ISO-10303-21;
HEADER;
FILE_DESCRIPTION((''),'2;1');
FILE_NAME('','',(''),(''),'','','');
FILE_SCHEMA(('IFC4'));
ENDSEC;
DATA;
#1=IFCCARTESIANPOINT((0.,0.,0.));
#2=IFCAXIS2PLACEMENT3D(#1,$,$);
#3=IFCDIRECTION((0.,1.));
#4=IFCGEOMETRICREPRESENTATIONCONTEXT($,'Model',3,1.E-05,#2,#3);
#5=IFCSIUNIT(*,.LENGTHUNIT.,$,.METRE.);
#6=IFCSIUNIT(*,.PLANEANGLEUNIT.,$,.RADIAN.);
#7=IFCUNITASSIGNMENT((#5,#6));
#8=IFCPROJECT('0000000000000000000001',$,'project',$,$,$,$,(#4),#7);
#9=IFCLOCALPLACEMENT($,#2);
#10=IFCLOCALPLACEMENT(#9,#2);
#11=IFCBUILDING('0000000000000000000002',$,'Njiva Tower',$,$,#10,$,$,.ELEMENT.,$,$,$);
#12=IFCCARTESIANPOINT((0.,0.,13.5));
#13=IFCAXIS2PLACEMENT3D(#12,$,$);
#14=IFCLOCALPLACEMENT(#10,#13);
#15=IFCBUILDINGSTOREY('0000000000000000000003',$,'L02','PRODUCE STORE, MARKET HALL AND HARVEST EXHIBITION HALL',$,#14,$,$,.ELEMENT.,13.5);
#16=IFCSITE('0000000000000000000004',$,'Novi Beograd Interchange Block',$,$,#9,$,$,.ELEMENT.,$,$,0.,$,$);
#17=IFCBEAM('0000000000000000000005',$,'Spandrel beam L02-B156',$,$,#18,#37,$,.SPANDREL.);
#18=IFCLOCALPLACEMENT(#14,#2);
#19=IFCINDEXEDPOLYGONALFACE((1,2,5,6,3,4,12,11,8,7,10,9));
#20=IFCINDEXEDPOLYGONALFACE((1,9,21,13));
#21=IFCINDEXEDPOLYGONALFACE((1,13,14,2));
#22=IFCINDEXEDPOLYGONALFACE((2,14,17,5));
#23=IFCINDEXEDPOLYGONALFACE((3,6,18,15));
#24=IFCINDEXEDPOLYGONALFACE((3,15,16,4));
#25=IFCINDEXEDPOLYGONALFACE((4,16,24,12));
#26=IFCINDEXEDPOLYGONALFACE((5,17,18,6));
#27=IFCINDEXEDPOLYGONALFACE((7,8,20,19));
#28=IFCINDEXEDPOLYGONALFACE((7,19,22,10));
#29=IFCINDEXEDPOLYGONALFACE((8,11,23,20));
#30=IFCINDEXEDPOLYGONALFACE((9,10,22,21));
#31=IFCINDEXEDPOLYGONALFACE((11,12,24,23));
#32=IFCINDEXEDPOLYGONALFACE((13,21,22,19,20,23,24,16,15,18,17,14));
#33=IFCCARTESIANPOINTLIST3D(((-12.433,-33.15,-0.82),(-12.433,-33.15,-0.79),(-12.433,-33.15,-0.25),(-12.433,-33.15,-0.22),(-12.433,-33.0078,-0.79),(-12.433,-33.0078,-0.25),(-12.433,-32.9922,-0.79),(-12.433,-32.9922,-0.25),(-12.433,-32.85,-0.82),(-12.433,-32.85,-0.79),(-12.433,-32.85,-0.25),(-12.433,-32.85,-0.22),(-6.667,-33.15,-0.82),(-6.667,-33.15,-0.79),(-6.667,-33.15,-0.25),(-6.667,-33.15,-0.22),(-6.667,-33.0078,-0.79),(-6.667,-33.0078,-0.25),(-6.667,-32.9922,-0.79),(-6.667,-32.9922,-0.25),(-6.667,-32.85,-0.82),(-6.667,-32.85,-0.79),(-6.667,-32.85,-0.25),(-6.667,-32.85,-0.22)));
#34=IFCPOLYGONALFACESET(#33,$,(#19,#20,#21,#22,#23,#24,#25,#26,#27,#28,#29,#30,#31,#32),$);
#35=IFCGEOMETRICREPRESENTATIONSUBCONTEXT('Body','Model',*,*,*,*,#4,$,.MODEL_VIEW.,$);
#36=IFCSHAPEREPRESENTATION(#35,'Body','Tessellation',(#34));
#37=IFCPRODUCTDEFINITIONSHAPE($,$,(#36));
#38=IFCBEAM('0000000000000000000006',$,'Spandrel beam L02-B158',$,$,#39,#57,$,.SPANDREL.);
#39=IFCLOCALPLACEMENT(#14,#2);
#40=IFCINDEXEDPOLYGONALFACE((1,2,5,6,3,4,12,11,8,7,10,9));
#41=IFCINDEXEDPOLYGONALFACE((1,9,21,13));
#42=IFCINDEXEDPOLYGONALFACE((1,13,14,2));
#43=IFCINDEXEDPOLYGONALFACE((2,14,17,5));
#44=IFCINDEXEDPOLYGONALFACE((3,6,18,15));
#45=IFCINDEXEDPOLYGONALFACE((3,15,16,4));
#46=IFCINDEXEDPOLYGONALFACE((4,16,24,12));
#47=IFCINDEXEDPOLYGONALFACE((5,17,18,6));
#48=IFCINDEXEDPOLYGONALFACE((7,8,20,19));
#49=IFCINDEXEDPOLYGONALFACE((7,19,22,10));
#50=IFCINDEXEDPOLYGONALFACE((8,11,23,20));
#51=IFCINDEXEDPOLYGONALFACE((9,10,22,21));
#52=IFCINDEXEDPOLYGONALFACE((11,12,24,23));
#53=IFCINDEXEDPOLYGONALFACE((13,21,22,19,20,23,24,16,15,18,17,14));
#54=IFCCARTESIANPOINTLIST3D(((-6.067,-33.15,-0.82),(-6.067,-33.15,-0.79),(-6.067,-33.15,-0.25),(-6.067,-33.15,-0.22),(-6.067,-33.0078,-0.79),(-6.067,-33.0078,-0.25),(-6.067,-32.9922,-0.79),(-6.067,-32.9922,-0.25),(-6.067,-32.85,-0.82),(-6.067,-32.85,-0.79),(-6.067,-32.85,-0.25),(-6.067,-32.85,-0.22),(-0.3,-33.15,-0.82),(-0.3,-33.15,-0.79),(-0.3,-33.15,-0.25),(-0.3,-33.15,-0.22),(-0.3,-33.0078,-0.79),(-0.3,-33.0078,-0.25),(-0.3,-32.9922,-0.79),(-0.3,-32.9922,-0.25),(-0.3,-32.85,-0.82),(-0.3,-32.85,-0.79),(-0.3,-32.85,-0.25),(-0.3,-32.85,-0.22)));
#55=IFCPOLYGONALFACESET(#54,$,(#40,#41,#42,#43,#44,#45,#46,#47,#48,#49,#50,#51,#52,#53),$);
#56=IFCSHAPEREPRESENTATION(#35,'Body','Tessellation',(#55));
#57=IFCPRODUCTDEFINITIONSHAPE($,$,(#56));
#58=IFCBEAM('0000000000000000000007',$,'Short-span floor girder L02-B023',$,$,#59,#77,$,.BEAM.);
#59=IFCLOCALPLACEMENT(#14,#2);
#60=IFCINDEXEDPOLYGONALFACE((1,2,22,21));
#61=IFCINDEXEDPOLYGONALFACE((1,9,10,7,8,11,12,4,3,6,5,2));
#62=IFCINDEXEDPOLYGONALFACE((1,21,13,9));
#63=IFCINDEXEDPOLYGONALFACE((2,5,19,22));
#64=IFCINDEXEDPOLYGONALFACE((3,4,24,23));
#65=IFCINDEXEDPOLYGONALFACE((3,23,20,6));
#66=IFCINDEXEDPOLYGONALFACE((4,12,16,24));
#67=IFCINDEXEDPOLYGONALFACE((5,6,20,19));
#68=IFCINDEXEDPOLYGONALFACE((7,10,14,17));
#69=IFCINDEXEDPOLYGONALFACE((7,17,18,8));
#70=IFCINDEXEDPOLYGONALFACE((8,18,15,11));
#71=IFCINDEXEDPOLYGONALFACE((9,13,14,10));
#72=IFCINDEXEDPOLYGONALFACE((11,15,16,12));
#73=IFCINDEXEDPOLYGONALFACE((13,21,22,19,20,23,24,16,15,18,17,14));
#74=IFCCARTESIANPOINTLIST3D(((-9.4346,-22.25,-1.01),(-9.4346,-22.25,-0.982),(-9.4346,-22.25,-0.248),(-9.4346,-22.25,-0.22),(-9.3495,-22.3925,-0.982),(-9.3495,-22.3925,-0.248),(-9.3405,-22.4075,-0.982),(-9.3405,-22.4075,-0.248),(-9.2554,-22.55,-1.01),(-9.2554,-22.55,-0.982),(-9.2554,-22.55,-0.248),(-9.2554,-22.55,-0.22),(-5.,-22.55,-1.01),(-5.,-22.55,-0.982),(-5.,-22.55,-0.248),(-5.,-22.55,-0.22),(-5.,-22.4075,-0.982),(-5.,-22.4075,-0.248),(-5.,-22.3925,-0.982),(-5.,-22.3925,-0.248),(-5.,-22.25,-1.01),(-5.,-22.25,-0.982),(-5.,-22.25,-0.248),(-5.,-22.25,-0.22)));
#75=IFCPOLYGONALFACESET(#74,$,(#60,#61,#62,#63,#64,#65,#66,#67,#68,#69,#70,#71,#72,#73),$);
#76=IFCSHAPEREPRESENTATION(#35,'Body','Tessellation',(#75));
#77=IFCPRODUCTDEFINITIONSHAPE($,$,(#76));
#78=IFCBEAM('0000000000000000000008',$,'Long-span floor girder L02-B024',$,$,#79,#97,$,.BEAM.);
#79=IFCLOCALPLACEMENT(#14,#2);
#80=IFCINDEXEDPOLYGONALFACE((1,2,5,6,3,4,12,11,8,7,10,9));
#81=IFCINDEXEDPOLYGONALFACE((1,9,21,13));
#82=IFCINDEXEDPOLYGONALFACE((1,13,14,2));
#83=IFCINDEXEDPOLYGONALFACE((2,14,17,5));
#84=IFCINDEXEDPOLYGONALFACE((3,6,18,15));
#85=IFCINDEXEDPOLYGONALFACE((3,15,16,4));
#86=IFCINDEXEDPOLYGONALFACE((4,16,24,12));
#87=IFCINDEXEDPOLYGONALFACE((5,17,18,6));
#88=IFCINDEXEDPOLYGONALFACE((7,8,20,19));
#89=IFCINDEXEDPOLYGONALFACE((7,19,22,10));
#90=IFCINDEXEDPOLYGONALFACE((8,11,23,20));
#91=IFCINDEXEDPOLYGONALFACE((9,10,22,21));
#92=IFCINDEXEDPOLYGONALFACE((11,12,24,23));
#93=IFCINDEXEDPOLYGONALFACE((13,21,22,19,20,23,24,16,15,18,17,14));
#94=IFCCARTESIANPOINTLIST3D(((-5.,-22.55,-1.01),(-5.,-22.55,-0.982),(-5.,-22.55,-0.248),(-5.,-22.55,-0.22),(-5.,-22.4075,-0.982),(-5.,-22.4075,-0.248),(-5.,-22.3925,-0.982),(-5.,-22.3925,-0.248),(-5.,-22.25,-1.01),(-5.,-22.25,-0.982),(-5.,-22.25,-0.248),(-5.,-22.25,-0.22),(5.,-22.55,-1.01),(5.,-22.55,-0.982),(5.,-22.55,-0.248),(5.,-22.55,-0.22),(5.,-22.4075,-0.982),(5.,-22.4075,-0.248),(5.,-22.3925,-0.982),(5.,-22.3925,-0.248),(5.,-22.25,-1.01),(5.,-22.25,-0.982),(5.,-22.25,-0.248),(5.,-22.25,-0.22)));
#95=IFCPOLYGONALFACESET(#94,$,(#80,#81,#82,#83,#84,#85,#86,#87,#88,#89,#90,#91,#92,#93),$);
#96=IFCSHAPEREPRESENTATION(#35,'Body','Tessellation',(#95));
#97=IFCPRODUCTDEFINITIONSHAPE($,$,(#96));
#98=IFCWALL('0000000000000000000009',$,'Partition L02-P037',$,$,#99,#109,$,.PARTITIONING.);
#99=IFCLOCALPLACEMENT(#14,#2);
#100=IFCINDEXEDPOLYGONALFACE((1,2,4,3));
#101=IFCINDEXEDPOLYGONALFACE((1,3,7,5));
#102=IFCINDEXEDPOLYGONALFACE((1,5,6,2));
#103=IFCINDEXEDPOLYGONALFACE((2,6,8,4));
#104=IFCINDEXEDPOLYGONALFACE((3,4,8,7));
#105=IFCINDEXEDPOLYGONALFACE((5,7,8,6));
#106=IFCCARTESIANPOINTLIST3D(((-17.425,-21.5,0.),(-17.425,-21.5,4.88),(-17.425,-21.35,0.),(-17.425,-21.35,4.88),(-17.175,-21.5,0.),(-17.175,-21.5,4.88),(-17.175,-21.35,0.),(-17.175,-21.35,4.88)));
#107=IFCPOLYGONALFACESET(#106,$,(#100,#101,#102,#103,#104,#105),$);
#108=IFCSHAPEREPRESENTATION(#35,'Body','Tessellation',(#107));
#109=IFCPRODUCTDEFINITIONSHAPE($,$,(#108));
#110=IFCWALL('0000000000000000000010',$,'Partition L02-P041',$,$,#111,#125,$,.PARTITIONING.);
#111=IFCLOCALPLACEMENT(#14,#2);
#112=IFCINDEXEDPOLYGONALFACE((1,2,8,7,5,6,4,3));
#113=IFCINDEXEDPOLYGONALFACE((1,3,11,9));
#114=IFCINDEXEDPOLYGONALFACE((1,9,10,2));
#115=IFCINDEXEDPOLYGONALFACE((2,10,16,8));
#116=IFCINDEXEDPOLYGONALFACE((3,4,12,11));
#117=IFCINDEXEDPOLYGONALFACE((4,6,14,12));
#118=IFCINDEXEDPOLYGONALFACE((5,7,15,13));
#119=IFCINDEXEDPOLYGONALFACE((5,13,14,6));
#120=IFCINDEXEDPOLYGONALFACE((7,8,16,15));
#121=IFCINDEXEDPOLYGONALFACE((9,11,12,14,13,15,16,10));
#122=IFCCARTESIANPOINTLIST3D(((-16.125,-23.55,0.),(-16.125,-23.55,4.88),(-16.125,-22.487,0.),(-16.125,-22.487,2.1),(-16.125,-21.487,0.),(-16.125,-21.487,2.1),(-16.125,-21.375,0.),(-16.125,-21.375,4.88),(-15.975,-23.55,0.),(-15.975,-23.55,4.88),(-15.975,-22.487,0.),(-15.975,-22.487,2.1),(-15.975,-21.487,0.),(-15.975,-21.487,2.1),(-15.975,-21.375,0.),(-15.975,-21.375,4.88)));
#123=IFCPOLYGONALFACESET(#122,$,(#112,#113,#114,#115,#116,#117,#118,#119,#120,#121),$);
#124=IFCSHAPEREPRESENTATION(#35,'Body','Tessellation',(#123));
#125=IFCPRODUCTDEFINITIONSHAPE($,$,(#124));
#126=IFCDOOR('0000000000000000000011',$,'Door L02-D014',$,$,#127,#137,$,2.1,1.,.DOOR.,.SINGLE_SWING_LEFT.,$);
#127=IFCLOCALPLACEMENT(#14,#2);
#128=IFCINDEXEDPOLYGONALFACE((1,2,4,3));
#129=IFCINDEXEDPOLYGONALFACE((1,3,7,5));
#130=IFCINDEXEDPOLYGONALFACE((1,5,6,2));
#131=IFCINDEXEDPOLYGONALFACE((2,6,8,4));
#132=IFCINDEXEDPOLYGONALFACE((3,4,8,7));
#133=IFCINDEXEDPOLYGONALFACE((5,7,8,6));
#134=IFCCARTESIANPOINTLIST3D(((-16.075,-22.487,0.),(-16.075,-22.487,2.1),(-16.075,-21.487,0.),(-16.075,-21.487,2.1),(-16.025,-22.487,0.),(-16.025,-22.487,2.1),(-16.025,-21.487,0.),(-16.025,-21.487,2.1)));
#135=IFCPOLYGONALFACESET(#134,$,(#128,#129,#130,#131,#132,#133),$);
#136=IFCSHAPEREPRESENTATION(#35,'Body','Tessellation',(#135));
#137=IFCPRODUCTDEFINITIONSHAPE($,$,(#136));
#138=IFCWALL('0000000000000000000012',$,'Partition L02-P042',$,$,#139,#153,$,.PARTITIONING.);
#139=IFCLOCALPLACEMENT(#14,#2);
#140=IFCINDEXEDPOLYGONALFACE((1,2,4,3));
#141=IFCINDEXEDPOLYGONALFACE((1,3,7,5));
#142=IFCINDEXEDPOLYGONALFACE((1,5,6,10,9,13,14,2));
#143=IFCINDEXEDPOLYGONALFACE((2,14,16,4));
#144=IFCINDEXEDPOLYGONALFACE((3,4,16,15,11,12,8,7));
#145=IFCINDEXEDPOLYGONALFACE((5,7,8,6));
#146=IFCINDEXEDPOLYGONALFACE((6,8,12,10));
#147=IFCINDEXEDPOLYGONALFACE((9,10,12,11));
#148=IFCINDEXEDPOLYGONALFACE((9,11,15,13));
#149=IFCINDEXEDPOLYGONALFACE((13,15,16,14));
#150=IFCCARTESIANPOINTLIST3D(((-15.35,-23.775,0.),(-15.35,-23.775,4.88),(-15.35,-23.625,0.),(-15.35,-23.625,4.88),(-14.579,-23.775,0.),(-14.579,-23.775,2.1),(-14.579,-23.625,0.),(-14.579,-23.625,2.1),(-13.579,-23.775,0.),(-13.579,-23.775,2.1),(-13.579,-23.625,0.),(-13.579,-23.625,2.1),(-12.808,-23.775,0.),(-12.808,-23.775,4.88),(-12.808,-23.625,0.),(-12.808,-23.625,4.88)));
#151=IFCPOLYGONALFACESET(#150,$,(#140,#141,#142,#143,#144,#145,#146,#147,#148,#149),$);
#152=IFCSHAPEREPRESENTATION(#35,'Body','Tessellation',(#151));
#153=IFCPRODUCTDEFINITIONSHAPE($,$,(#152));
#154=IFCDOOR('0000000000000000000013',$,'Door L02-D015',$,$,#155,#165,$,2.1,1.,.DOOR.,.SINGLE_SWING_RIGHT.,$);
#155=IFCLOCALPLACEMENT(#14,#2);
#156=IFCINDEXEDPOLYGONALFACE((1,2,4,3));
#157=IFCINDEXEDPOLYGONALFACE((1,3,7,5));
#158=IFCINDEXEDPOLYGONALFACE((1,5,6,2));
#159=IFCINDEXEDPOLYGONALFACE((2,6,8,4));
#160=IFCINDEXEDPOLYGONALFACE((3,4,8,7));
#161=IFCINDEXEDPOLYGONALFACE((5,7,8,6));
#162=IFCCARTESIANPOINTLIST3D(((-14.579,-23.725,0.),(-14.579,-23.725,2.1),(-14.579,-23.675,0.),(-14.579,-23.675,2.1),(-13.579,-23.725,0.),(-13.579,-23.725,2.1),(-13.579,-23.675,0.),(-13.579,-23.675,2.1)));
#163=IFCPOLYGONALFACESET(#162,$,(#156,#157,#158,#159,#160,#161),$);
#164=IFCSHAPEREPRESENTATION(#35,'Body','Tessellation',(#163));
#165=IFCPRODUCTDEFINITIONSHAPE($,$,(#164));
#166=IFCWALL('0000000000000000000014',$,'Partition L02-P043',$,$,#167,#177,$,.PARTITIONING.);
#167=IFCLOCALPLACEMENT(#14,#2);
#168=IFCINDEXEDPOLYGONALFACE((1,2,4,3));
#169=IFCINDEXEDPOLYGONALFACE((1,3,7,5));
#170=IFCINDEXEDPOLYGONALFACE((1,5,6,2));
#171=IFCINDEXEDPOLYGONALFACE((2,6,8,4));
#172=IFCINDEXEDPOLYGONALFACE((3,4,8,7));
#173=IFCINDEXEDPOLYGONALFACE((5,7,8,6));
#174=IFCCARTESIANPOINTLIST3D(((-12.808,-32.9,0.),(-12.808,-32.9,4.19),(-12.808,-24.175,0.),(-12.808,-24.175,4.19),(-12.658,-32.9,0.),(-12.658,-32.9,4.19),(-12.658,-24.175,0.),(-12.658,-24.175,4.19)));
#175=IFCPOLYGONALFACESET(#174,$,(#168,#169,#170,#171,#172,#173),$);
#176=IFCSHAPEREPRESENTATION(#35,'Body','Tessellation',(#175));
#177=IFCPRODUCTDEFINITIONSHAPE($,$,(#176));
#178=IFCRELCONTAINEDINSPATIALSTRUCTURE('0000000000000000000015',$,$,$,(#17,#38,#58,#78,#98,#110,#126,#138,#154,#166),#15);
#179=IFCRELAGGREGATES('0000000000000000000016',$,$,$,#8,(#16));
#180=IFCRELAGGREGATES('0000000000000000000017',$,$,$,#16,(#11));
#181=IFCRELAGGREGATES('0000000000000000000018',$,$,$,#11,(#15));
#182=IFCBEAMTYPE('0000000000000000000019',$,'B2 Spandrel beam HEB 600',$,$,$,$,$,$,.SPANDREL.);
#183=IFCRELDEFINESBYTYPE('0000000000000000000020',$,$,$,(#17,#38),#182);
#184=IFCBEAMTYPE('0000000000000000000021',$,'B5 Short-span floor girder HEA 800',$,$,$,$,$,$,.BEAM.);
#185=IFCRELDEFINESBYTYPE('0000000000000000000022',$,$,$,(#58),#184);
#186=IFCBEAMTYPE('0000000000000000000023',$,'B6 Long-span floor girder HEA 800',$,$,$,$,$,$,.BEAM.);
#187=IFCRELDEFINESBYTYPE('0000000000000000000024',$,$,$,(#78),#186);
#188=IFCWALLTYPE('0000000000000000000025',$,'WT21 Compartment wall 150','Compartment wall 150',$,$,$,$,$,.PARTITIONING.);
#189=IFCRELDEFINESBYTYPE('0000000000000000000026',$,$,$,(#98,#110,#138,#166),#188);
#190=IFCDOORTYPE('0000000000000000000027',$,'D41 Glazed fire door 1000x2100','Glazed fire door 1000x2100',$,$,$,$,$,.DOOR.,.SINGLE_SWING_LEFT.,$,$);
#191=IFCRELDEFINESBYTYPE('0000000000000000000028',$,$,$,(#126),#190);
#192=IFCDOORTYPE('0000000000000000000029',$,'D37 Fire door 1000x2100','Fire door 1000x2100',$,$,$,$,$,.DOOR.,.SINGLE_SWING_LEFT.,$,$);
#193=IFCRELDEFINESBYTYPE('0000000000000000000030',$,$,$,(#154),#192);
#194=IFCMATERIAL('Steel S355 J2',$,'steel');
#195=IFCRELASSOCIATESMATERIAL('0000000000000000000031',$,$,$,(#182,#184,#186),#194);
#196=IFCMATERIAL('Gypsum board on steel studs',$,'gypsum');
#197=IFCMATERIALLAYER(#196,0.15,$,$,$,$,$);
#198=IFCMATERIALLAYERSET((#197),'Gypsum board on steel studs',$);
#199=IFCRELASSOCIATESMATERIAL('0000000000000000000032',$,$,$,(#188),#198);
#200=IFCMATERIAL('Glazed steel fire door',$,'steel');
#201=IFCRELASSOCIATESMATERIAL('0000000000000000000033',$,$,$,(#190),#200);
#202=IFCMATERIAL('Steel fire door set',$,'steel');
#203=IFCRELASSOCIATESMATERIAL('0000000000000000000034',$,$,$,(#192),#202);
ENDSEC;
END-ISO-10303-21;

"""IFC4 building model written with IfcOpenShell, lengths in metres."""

from ifc_helpers import new_model, si_unit, direction, frame, frame_2d, origin, origin_2d, place, context, subcontext, project, spatial, rectangle, i_section, extrude, clip, halfspace, material, layer, layer_set, material_profile, profile_set, type_object, element, fill, save


model = new_model("IFC4")

# Units and contexts
model_context = context("Model", 3, precision=1e-05, world=origin(), true_north=direction((0.0, 1.0)))
body_context = subcontext(model_context, "Body", "Model", "MODEL_VIEW")
ifc_project = project(units=[si_unit("LENGTHUNIT", "METRE"), si_unit("PLANEANGLEUNIT", "RADIAN")], contexts=[model_context])

# Site, building, storey
site_placement = place(None, origin())
site = spatial("IfcSite", under=ifc_project, at=site_placement, Name="Novi Beograd Interchange Block", CompositionType="ELEMENT", RefElevation=0.0)
building_placement = place(site_placement, origin())
building = spatial("IfcBuilding", under=site, at=building_placement, Name="Njiva Tower", CompositionType="ELEMENT")
storey_placement = place(building_placement, frame((0.0, 0.0, 13.5)))
storey = spatial("IfcBuildingStorey", under=building, at=storey_placement, Name="L02", Description="PRODUCE STORE, MARKET HALL AND HARVEST EXHIBITION HALL", CompositionType="ELEMENT", Elevation=13.5)

# Shared definitions
ifc_material_1 = material(Name="Steel S355 J2", Category="steel")

# Beams
ifc_material_profile_1 = material_profile(ifc_material_1, i_section(OverallWidth=0.3, OverallDepth=0.6, WebThickness=0.0155, FlangeThickness=0.03, at=origin_2d()), Name="HEB 600")
ifc_profile_set_1 = profile_set([ifc_material_profile_1], Name="Steel S355 J2")
beam_type_1 = type_object("IfcBeamType", Name="B2 Spandrel beam HEB 600", PredefinedType="SPANDREL", material=ifc_profile_set_1)
beam_1_placement = place(storey_placement, frame((-12.433, -33.0, -0.52), z_axis=(1.0, 0.0, 0.0), x_axis=(0.0, 1.0, 0.0)))
element("IfcBeam", 1, at=beam_1_placement, inside=storey, type_object=beam_type_1, Name="Spandrel beam L02-B156", PredefinedType="SPANDREL", context=body_context, shape_type="SweptSolid", body=[
    extrude(i_section(OverallWidth=0.3, OverallDepth=0.6, WebThickness=0.0155, FlangeThickness=0.03, at=origin_2d()), origin(), (0.0, 0.0, 1.0), 5.766),
])
beam_2_placement = place(storey_placement, frame((-6.067, -33.0, -0.52), z_axis=(1.0, 0.0, 0.0), x_axis=(0.0, 1.0, 0.0)))
element("IfcBeam", 2, at=beam_2_placement, inside=storey, type_object=beam_type_1, Name="Spandrel beam L02-B158", PredefinedType="SPANDREL", context=body_context, shape_type="SweptSolid", body=[
    extrude(i_section(OverallWidth=0.3, OverallDepth=0.6, WebThickness=0.0155, FlangeThickness=0.03, at=origin_2d()), origin(), (0.0, 0.0, 1.0), 5.767),
])
ifc_material_profile_2 = material_profile(ifc_material_1, i_section(OverallWidth=0.3, OverallDepth=0.79, WebThickness=0.015, FlangeThickness=0.028, at=origin_2d()), Name="HEA 800")
ifc_profile_set_2 = profile_set([ifc_material_profile_2], Name="Steel S355 J2")
beam_type_2 = type_object("IfcBeamType", Name="B5 Short-span floor girder HEA 800", PredefinedType="BEAM", material=ifc_profile_set_2)
beam_3_placement = place(storey_placement, frame((-9.455, -22.4, -0.615), z_axis=(1.0, 0.0, 0.0), x_axis=(0.0, 1.0, 0.0)))
element("IfcBeam", 3, at=beam_3_placement, inside=storey, type_object=beam_type_2, Name="Short-span floor girder L02-B023", PredefinedType="BEAM", context=body_context, shape_type="Clipping", body=[
    clip(extrude(i_section(OverallWidth=0.3, OverallDepth=0.79, WebThickness=0.015, FlangeThickness=0.028, at=origin_2d()), origin(), (0.0, 0.0, 1.0), 4.455), halfspace(frame((-0.0256, 0.0, 0.1253), z_axis=(-0.512842, 0.0, -0.858483), x_axis=(0.0, -1.0, 0.0)), False)),
])
ifc_material_profile_3 = material_profile(ifc_material_1, i_section(OverallWidth=0.3, OverallDepth=0.79, WebThickness=0.015, FlangeThickness=0.028, at=origin_2d()), Name="HEA 800")
ifc_profile_set_3 = profile_set([ifc_material_profile_3], Name="Steel S355 J2")
beam_type_3 = type_object("IfcBeamType", Name="B6 Long-span floor girder HEA 800", PredefinedType="BEAM", material=ifc_profile_set_3)
beam_4_placement = place(storey_placement, frame((-5.0, -22.4, -0.615), z_axis=(1.0, 0.0, 0.0), x_axis=(0.0, 1.0, 0.0)))
element("IfcBeam", 4, at=beam_4_placement, inside=storey, type_object=beam_type_3, Name="Long-span floor girder L02-B024", PredefinedType="BEAM", context=body_context, shape_type="SweptSolid", body=[
    extrude(i_section(OverallWidth=0.3, OverallDepth=0.79, WebThickness=0.015, FlangeThickness=0.028, at=origin_2d()), origin(), (0.0, 0.0, 1.0), 10.0),
])

# Wall
ifc_material_2 = material(Name="Gypsum board on steel studs", Category="gypsum")
ifc_layer_1 = layer(ifc_material_2, 0.15)
ifc_layer_set_1 = layer_set([ifc_layer_1], Name="Gypsum board on steel studs")
wall_type_1 = type_object("IfcWallType", Name="WT21 Compartment wall 150", Description="Compartment wall 150", PredefinedType="PARTITIONING", material=ifc_layer_set_1)
wall_1_placement = place(storey_placement, frame((-17.425, -21.425, 0.0), z_axis=(0.0, 0.0, 1.0), x_axis=(1.0, 0.0, 0.0)))
element("IfcWall", 5, at=wall_1_placement, inside=storey, type_object=wall_type_1, Name="Partition L02-P037", PredefinedType="PARTITIONING", context=body_context, shape_type="SweptSolid", body=[
    extrude(rectangle(XDim=0.25, YDim=0.15, at=frame_2d((0.125, 0.0))), origin(), (0.0, 0.0, 1.0), 4.88),
])

# Walls, openings, doors
wall_2_placement = place(storey_placement, frame((-16.05, -23.55, 0.0), z_axis=(0.0, 0.0, 1.0), x_axis=(0.0, 1.0, 0.0)))
wall_2 = element("IfcWall", 6, at=wall_2_placement, inside=storey, type_object=wall_type_1, Name="Partition L02-P041", PredefinedType="PARTITIONING", context=body_context, shape_type="SweptSolid", body=[
    extrude(rectangle(XDim=2.175, YDim=0.15, at=frame_2d((1.0875, 0.0))), origin(), (0.0, 0.0, 1.0), 4.88),
])
opening_1_placement = place(wall_2_placement, frame((1.063, 0.0, 0.0)))
opening_1 = element("IfcOpeningElement", 7, at=opening_1_placement, cuts=wall_2, PredefinedType="OPENING", context=body_context, shape_type="SweptSolid", body=[
    extrude(rectangle(XDim=1.0, YDim=2.1, at=frame_2d((0.5, 1.05))), frame((0.0, 0.085, 0.0), z_axis=(0.0, -1.0, 0.0), x_axis=(1.0, 0.0, 0.0)), (0.0, 0.0, 1.0), 0.17),
])
ifc_material_3 = material(Name="Glazed steel fire door", Category="steel")
door_type_1 = type_object("IfcDoorType", Name="D41 Glazed fire door 1000x2100", Description="Glazed fire door 1000x2100", OperationType="SINGLE_SWING_LEFT", PredefinedType="DOOR", material=ifc_material_3)
door_1_placement = place(opening_1_placement, origin())
door_1 = element("IfcDoor", 8, at=door_1_placement, inside=storey, type_object=door_type_1, Name="Door L02-D014", OperationType="SINGLE_SWING_LEFT", OverallHeight=2.1, OverallWidth=1.0, PredefinedType="DOOR", context=body_context, shape_type="SweptSolid", body=[
    extrude(rectangle(XDim=1.0, YDim=2.1, at=frame_2d((0.5, 1.05))), frame((0.0, 0.025, 0.0), z_axis=(0.0, -1.0, 0.0), x_axis=(1.0, 0.0, 0.0)), (0.0, 0.0, 1.0), 0.05),
])
fill(opening_1, door_1)
wall_3_placement = place(storey_placement, frame((-15.35, -23.7, 0.0), z_axis=(0.0, 0.0, 1.0), x_axis=(1.0, 0.0, 0.0)))
wall_3 = element("IfcWall", 9, at=wall_3_placement, inside=storey, type_object=wall_type_1, Name="Partition L02-P042", PredefinedType="PARTITIONING", context=body_context, shape_type="SweptSolid", body=[
    extrude(rectangle(XDim=2.542, YDim=0.15, at=frame_2d((1.271, 0.0))), origin(), (0.0, 0.0, 1.0), 4.88),
])
opening_2_placement = place(wall_3_placement, frame((0.771, 0.0, 0.0)))
opening_2 = element("IfcOpeningElement", 10, at=opening_2_placement, cuts=wall_3, PredefinedType="OPENING", context=body_context, shape_type="SweptSolid", body=[
    extrude(rectangle(XDim=1.0, YDim=2.1, at=frame_2d((0.5, 1.05))), frame((0.0, 0.085, 0.0), z_axis=(0.0, -1.0, 0.0), x_axis=(1.0, 0.0, 0.0)), (0.0, 0.0, 1.0), 0.17),
])
ifc_material_4 = material(Name="Steel fire door set", Category="steel")
door_type_2 = type_object("IfcDoorType", Name="D37 Fire door 1000x2100", Description="Fire door 1000x2100", OperationType="SINGLE_SWING_LEFT", PredefinedType="DOOR", material=ifc_material_4)
door_2_placement = place(opening_2_placement, origin())
door_2 = element("IfcDoor", 11, at=door_2_placement, inside=storey, type_object=door_type_2, Name="Door L02-D015", OperationType="SINGLE_SWING_RIGHT", OverallHeight=2.1, OverallWidth=1.0, PredefinedType="DOOR", context=body_context, shape_type="SweptSolid", body=[
    extrude(rectangle(XDim=1.0, YDim=2.1, at=frame_2d((0.5, 1.05))), frame((0.0, 0.025, 0.0), z_axis=(0.0, -1.0, 0.0), x_axis=(1.0, 0.0, 0.0)), (0.0, 0.0, 1.0), 0.05),
])
fill(opening_2, door_2)

# Wall
wall_4_placement = place(storey_placement, frame((-12.733, -32.9, 0.0), z_axis=(0.0, 0.0, 1.0), x_axis=(0.0, 1.0, 0.0)))
element("IfcWall", 12, at=wall_4_placement, inside=storey, type_object=wall_type_1, Name="Partition L02-P043", PredefinedType="PARTITIONING", context=body_context, shape_type="SweptSolid", body=[
    extrude(rectangle(XDim=8.725, YDim=0.15, at=frame_2d((4.3625, 0.0))), origin(), (0.0, 0.0, 1.0), 4.19),
])

save(model, "model.ifc")
